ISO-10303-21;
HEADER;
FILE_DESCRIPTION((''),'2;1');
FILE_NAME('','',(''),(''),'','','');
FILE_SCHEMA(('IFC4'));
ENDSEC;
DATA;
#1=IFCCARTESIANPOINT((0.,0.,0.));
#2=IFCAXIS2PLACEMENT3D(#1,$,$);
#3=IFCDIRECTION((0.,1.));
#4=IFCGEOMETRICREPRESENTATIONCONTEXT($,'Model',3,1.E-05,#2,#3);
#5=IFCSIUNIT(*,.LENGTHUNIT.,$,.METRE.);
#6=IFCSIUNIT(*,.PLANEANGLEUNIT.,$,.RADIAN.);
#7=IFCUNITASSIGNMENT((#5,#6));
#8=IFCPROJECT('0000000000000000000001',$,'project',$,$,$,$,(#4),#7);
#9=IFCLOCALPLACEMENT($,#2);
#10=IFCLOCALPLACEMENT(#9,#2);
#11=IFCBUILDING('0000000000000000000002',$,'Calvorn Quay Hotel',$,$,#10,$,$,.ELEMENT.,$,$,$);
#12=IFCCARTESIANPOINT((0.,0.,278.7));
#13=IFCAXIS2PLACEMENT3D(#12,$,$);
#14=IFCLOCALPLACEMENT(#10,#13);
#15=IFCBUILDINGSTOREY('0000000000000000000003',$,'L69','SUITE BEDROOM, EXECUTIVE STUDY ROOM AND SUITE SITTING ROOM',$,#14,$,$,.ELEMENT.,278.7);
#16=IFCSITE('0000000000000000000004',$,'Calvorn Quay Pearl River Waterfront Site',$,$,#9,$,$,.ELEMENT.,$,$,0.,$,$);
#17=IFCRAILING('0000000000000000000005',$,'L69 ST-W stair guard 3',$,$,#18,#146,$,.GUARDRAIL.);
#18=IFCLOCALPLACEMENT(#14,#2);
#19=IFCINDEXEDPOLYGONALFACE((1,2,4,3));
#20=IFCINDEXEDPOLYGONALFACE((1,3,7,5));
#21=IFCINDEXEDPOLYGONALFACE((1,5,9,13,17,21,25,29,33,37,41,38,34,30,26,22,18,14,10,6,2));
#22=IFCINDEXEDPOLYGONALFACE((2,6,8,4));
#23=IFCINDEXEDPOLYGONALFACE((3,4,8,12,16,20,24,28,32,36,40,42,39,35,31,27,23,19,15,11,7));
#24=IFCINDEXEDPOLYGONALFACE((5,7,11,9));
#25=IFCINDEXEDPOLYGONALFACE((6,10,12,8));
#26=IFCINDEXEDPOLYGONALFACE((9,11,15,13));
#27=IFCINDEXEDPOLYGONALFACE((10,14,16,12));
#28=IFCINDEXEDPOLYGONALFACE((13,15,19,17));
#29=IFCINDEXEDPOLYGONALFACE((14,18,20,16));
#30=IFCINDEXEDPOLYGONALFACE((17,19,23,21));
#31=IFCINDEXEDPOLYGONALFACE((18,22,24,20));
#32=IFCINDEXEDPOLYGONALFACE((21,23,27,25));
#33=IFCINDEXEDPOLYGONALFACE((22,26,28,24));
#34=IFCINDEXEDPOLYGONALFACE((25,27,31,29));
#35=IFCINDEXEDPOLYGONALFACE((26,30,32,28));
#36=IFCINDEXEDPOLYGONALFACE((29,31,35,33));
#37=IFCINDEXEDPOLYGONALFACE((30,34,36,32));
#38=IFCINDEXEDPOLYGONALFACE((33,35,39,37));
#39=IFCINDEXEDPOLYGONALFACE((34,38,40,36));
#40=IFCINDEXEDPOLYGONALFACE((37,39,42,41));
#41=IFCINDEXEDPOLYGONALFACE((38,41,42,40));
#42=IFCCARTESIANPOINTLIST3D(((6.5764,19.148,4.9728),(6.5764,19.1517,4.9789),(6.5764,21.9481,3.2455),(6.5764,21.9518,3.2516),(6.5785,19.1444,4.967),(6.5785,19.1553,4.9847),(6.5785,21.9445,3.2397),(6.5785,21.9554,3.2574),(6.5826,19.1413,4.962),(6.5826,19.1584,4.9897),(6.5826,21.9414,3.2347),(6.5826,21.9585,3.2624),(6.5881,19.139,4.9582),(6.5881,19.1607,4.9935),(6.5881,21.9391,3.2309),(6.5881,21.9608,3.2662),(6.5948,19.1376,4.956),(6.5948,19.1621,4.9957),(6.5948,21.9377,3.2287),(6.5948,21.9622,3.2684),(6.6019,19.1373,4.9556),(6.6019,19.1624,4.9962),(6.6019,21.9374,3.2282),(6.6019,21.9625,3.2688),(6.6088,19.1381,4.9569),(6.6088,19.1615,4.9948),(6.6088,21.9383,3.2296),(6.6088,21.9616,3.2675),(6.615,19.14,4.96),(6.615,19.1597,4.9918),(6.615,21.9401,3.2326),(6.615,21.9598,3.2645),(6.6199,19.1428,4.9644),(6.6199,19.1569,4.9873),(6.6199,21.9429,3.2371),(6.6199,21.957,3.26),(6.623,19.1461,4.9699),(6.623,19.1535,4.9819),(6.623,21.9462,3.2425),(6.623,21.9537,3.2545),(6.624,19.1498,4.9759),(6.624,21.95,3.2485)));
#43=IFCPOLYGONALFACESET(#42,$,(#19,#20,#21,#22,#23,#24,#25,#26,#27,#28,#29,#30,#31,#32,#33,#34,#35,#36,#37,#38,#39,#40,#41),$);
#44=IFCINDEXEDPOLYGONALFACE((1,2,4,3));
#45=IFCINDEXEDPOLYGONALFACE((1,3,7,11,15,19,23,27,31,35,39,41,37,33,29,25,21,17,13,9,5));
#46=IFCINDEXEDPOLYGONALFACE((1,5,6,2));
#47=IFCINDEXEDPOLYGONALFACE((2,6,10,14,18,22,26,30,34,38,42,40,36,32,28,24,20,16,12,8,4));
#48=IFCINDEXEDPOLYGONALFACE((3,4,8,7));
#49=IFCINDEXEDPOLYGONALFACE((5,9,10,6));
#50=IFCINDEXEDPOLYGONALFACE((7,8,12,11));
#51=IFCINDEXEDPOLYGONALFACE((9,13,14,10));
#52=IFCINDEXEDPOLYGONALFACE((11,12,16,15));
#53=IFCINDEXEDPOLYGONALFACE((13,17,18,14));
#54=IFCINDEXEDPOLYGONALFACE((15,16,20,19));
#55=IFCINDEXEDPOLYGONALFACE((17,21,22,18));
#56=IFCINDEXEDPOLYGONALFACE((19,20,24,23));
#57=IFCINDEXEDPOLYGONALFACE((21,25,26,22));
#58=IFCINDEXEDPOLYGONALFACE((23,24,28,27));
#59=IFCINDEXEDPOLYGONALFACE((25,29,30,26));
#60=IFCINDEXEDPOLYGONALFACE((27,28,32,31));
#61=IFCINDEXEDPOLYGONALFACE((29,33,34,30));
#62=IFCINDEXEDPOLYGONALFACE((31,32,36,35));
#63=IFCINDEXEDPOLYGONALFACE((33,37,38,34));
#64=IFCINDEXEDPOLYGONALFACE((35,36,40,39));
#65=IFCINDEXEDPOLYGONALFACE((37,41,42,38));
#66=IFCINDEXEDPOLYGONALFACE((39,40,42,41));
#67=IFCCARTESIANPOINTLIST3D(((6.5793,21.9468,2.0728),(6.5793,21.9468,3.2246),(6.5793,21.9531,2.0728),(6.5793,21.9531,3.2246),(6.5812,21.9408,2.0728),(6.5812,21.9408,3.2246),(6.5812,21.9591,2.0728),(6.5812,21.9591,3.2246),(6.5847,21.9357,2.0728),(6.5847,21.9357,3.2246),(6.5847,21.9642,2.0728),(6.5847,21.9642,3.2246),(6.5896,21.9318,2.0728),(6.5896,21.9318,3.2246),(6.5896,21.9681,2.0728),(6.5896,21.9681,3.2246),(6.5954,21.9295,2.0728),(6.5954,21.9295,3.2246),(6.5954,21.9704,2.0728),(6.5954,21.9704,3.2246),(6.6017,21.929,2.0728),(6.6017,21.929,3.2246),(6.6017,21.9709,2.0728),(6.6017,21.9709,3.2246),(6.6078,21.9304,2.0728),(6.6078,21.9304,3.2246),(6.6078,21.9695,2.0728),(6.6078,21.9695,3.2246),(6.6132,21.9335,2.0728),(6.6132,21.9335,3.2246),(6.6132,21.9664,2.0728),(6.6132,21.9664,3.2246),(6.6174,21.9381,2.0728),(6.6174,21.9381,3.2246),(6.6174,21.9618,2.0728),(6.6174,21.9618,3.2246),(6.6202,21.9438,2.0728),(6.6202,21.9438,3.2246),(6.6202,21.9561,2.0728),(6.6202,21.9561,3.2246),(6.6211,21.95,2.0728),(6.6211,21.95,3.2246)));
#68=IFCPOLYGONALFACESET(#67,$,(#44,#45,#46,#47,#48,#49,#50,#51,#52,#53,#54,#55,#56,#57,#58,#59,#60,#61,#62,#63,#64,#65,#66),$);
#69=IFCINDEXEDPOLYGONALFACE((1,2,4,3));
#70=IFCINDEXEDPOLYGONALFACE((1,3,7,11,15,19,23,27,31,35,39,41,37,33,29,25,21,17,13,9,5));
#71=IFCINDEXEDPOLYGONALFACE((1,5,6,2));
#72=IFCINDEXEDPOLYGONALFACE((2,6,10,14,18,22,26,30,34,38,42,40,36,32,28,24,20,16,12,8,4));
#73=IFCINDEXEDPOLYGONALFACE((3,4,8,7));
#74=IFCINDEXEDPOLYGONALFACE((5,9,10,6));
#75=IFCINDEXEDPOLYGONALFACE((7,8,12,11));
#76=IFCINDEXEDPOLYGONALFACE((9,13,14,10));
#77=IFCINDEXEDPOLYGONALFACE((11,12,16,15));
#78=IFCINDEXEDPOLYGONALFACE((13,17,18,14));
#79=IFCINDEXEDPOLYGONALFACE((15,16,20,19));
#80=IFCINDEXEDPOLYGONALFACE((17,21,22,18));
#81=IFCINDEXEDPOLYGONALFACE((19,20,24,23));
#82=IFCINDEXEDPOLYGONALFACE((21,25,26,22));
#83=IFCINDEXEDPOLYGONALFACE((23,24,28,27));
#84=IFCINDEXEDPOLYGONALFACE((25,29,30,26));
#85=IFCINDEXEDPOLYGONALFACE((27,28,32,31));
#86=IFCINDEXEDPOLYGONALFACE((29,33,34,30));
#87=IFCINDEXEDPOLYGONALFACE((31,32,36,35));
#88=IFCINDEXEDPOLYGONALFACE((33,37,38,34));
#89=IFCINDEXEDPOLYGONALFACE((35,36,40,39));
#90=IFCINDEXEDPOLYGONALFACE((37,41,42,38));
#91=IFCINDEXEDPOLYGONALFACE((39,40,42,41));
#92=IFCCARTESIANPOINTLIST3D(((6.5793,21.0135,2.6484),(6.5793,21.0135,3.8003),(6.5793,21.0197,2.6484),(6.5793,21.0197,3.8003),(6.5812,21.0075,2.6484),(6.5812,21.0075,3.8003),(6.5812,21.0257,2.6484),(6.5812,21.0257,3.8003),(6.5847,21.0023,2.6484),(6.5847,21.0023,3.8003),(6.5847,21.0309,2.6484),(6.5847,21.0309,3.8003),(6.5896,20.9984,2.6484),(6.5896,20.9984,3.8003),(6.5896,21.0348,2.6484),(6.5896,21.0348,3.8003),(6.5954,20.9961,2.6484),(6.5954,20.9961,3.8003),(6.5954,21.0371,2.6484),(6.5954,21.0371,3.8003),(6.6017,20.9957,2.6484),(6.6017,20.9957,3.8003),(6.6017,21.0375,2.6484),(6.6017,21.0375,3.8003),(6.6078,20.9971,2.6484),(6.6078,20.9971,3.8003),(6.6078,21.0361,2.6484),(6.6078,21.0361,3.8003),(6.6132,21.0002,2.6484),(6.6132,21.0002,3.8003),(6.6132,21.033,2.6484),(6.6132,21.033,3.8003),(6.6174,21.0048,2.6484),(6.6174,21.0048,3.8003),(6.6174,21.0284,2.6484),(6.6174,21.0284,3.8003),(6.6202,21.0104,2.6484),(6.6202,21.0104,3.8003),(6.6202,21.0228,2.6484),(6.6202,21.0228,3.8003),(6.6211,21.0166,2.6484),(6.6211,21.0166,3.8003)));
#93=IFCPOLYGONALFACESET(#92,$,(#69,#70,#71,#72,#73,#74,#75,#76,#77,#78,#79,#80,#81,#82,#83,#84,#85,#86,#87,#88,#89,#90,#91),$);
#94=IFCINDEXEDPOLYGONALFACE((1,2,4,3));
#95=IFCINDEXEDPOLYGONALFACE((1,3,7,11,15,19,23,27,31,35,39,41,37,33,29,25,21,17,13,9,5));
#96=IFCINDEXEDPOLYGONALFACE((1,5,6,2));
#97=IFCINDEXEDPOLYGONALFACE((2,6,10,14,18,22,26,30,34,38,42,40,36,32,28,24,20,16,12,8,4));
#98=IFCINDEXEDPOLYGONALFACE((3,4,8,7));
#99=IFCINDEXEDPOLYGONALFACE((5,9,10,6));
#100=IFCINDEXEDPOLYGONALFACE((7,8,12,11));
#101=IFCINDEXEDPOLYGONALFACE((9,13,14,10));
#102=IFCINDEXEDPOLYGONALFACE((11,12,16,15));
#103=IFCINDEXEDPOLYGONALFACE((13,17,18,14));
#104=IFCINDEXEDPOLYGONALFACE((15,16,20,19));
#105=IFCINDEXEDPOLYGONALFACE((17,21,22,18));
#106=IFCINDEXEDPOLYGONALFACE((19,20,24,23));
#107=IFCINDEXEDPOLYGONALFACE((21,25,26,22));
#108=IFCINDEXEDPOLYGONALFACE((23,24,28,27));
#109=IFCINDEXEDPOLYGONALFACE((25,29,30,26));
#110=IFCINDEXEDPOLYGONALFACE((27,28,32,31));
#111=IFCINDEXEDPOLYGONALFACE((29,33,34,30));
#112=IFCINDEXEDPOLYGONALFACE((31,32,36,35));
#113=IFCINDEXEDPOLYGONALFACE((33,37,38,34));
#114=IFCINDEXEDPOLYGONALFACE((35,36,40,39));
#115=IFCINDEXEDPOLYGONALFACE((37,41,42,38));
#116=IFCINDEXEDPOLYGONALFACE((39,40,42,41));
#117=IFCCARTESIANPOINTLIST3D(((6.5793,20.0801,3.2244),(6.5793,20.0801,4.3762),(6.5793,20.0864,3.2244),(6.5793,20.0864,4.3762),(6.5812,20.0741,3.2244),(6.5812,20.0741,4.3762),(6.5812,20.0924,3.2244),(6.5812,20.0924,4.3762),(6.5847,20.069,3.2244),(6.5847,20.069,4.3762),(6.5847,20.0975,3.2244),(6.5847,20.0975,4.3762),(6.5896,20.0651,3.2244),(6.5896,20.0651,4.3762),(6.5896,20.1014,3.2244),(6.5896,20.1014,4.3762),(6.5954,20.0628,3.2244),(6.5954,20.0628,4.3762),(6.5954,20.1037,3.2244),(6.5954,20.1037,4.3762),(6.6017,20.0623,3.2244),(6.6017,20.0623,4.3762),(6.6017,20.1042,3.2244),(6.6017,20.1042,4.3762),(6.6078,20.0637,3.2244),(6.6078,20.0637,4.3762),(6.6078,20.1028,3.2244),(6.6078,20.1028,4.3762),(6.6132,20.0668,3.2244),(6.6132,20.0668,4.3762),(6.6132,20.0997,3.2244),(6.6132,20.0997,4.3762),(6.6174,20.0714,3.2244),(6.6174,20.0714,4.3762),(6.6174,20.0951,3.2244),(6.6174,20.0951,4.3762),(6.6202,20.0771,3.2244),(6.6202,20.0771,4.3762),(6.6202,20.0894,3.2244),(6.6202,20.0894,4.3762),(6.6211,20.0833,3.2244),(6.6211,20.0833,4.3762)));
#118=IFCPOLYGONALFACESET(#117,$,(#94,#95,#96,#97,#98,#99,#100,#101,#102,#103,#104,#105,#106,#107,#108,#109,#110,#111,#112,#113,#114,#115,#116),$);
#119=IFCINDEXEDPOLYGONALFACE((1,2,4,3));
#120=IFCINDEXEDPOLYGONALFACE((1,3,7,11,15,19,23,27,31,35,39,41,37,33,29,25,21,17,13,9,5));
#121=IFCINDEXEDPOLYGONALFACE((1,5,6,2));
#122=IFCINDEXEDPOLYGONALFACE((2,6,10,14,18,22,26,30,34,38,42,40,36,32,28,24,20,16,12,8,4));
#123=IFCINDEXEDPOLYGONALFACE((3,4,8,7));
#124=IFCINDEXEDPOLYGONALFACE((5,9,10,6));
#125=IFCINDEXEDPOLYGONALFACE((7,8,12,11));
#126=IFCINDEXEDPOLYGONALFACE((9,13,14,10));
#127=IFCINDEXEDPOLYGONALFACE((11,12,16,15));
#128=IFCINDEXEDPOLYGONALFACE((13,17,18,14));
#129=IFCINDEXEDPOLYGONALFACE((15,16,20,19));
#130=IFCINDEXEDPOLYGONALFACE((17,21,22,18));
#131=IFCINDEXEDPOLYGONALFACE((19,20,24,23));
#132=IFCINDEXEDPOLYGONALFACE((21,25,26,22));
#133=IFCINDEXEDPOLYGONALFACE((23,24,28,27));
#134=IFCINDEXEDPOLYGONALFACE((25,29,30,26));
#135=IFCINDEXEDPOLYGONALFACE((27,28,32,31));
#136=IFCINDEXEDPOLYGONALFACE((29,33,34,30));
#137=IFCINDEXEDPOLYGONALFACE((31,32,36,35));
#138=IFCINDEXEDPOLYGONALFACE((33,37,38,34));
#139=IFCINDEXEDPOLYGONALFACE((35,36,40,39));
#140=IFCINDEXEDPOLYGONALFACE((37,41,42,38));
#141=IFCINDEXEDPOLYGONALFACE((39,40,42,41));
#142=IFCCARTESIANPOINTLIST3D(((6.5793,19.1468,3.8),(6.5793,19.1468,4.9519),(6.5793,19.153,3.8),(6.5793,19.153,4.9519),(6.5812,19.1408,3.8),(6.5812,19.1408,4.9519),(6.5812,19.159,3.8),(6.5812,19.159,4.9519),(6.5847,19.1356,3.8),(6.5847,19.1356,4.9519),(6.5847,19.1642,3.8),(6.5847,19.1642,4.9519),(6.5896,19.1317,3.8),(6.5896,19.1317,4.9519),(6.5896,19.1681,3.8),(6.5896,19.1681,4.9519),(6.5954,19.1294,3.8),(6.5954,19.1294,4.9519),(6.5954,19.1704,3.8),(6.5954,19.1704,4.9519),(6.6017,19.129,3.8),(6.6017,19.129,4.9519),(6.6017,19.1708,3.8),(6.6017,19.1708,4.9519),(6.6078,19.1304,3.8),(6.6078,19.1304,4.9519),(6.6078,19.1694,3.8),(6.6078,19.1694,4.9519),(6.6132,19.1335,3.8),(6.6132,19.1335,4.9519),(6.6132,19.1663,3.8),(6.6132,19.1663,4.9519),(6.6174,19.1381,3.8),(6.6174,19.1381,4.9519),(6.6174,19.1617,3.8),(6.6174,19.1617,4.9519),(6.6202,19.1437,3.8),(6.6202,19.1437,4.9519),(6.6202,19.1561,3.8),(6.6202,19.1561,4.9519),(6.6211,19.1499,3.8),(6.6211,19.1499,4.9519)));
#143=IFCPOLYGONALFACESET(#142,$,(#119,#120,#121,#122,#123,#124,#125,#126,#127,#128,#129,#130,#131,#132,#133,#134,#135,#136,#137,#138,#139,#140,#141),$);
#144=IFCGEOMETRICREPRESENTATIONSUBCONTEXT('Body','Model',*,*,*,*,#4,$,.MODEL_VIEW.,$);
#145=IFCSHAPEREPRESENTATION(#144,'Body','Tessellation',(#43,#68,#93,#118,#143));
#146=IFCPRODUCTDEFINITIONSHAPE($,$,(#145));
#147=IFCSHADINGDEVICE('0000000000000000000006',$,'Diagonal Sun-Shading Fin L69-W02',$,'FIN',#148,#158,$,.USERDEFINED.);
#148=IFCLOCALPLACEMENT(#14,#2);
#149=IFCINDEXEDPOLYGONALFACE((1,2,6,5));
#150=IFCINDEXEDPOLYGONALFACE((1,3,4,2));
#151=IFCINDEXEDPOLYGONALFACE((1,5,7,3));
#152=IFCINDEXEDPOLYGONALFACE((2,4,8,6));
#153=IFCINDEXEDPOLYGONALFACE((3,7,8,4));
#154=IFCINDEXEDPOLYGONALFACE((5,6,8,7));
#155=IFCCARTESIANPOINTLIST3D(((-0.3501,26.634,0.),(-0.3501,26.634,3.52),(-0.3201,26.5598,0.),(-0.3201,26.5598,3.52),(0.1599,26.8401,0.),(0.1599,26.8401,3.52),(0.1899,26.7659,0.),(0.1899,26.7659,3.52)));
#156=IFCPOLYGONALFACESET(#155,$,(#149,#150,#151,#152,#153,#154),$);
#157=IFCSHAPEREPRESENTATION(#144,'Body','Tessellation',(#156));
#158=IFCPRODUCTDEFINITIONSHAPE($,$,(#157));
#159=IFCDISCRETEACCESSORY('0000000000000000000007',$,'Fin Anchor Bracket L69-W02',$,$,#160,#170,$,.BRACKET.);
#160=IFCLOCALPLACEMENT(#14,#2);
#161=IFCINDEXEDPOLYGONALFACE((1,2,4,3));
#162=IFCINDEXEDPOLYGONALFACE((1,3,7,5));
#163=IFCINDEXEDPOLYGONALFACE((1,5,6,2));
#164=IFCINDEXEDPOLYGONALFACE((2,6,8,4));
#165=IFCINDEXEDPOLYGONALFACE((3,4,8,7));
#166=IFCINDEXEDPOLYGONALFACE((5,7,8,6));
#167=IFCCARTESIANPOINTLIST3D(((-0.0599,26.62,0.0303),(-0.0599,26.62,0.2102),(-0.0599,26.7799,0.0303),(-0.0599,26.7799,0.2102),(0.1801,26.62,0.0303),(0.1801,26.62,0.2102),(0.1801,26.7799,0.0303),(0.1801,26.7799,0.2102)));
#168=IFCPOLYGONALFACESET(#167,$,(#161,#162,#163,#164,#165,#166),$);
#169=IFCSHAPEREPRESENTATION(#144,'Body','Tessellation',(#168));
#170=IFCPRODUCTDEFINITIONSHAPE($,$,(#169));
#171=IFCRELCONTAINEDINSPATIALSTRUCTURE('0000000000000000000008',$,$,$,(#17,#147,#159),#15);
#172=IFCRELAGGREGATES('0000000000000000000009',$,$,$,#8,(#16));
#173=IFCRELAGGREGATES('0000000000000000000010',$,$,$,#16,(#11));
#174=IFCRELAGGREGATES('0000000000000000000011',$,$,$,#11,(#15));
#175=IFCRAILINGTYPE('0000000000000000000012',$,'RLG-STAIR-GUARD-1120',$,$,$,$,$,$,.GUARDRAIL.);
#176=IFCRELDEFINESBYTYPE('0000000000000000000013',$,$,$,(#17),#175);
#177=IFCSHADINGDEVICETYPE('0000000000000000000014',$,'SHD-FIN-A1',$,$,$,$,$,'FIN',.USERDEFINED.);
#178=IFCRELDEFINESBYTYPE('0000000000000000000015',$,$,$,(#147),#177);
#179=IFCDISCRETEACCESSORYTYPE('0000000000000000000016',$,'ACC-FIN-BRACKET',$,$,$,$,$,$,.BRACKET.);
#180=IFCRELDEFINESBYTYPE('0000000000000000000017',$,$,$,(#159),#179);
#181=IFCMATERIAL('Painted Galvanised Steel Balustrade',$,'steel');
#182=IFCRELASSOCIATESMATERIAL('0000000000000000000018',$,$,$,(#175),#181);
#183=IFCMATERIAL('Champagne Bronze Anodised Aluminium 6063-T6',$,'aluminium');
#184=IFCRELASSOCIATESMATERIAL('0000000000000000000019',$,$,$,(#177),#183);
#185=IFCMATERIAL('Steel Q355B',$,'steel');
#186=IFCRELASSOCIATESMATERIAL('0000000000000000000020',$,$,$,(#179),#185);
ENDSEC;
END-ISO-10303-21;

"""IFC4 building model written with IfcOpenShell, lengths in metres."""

from ifc_helpers import new_model, si_unit, direction, frame, origin, origin_2d, place, context, subcontext, project, spatial, rectangle, circle, extrude, material, type_object, element, save


model = new_model("IFC4")

# Units and contexts
model_context = context("Model", 3, precision=1e-05, world=origin(), true_north=direction((0.0, 1.0)))
body_context = subcontext(model_context, "Body", "Model", "MODEL_VIEW")
ifc_project = project(units=[si_unit("LENGTHUNIT", "METRE"), si_unit("PLANEANGLEUNIT", "RADIAN")], contexts=[model_context])

# Site, building, storey
site_placement = place(None, origin())
site = spatial("IfcSite", under=ifc_project, at=site_placement, Name="Calvorn Quay Pearl River Waterfront Site", CompositionType="ELEMENT", RefElevation=0.0)
building_placement = place(site_placement, origin())
building = spatial("IfcBuilding", under=site, at=building_placement, Name="Calvorn Quay Hotel", CompositionType="ELEMENT")
storey_placement = place(building_placement, frame((0.0, 0.0, 278.7)))
storey = spatial("IfcBuildingStorey", under=building, at=storey_placement, Name="L69", Description="SUITE BEDROOM, EXECUTIVE STUDY ROOM AND SUITE SITTING ROOM", CompositionType="ELEMENT", Elevation=278.7)

# Railing
ifc_material_1 = material(Name="Painted Galvanised Steel Balustrade", Category="steel")
railing_type_1 = type_object("IfcRailingType", Name="RLG-STAIR-GUARD-1120", PredefinedType="GUARDRAIL", material=ifc_material_1)
railing_1_placement = place(storey_placement, frame((6.6001, 21.95, 2.0728)))
element("IfcRailing", 1, at=railing_1_placement, inside=storey, type_object=railing_type_1, Name="L69 ST-W stair guard 3", PredefinedType="GUARDRAIL", context=body_context, shape_type="SweptSolid", body=[
    extrude(circle(Radius=0.0239, at=origin_2d()), frame((0.0, 0.0, 1.1758), z_axis=(0.0, -0.85109, 0.52502), x_axis=(1.0, 0.0, 0.0)), (0.0, 0.0, 1.0), 3.29),
    extrude(circle(Radius=0.021, at=origin_2d()), origin(), (0.0, 0.0, 1.0), 1.1519),
    extrude(circle(Radius=0.021, at=origin_2d()), frame((0.0, -0.9333, 0.5757)), (0.0, 0.0, 1.0), 1.1519),
    extrude(circle(Radius=0.021, at=origin_2d()), frame((0.0, -1.8667, 1.1516)), (0.0, 0.0, 1.0), 1.1519),
    extrude(circle(Radius=0.021, at=origin_2d()), frame((0.0, -2.8, 1.7273)), (0.0, 0.0, 1.0), 1.1519),
])

# Shading device
ifc_material_2 = material(Name="Champagne Bronze Anodised Aluminium 6063-T6", Category="aluminium")
shading_device_type = type_object("IfcShadingDeviceType", Name="SHD-FIN-A1", ElementType="FIN", PredefinedType="USERDEFINED", material=ifc_material_2)
shading_device_placement = place(storey_placement, frame((-0.0801, 26.7, 0.0), z_axis=(0.0, 0.0, 1.0), x_axis=(0.927184, 0.374607, 0.0)))
element("IfcShadingDevice", 2, at=shading_device_placement, inside=storey, type_object=shading_device_type, Name="Diagonal Sun-Shading Fin L69-W02", ObjectType="FIN", PredefinedType="USERDEFINED", context=body_context, shape_type="SweptSolid", body=[
    extrude(rectangle(XDim=0.55, YDim=0.0801, at=origin_2d()), origin(), (0.0, 0.0, 1.0), 3.52),
])

# Discrete accessory
ifc_material_3 = material(Name="Steel Q355B", Category="steel")
discrete_accessory_type = type_object("IfcDiscreteAccessoryType", Name="ACC-FIN-BRACKET", PredefinedType="BRACKET", material=ifc_material_3)
discrete_accessory_placement = place(storey_placement, frame((0.0601, 26.7, 0.0303), z_axis=(0.0, 0.0, 1.0), x_axis=(1.0, 0.0, 0.0)))
element("IfcDiscreteAccessory", 3, at=discrete_accessory_placement, inside=storey, type_object=discrete_accessory_type, Name="Fin Anchor Bracket L69-W02", PredefinedType="BRACKET", context=body_context, shape_type="SweptSolid", body=[
    extrude(rectangle(XDim=0.24, YDim=0.1599, at=origin_2d()), origin(), (0.0, 0.0, 1.0), 0.1799),
])

save(model, "model.ifc")
